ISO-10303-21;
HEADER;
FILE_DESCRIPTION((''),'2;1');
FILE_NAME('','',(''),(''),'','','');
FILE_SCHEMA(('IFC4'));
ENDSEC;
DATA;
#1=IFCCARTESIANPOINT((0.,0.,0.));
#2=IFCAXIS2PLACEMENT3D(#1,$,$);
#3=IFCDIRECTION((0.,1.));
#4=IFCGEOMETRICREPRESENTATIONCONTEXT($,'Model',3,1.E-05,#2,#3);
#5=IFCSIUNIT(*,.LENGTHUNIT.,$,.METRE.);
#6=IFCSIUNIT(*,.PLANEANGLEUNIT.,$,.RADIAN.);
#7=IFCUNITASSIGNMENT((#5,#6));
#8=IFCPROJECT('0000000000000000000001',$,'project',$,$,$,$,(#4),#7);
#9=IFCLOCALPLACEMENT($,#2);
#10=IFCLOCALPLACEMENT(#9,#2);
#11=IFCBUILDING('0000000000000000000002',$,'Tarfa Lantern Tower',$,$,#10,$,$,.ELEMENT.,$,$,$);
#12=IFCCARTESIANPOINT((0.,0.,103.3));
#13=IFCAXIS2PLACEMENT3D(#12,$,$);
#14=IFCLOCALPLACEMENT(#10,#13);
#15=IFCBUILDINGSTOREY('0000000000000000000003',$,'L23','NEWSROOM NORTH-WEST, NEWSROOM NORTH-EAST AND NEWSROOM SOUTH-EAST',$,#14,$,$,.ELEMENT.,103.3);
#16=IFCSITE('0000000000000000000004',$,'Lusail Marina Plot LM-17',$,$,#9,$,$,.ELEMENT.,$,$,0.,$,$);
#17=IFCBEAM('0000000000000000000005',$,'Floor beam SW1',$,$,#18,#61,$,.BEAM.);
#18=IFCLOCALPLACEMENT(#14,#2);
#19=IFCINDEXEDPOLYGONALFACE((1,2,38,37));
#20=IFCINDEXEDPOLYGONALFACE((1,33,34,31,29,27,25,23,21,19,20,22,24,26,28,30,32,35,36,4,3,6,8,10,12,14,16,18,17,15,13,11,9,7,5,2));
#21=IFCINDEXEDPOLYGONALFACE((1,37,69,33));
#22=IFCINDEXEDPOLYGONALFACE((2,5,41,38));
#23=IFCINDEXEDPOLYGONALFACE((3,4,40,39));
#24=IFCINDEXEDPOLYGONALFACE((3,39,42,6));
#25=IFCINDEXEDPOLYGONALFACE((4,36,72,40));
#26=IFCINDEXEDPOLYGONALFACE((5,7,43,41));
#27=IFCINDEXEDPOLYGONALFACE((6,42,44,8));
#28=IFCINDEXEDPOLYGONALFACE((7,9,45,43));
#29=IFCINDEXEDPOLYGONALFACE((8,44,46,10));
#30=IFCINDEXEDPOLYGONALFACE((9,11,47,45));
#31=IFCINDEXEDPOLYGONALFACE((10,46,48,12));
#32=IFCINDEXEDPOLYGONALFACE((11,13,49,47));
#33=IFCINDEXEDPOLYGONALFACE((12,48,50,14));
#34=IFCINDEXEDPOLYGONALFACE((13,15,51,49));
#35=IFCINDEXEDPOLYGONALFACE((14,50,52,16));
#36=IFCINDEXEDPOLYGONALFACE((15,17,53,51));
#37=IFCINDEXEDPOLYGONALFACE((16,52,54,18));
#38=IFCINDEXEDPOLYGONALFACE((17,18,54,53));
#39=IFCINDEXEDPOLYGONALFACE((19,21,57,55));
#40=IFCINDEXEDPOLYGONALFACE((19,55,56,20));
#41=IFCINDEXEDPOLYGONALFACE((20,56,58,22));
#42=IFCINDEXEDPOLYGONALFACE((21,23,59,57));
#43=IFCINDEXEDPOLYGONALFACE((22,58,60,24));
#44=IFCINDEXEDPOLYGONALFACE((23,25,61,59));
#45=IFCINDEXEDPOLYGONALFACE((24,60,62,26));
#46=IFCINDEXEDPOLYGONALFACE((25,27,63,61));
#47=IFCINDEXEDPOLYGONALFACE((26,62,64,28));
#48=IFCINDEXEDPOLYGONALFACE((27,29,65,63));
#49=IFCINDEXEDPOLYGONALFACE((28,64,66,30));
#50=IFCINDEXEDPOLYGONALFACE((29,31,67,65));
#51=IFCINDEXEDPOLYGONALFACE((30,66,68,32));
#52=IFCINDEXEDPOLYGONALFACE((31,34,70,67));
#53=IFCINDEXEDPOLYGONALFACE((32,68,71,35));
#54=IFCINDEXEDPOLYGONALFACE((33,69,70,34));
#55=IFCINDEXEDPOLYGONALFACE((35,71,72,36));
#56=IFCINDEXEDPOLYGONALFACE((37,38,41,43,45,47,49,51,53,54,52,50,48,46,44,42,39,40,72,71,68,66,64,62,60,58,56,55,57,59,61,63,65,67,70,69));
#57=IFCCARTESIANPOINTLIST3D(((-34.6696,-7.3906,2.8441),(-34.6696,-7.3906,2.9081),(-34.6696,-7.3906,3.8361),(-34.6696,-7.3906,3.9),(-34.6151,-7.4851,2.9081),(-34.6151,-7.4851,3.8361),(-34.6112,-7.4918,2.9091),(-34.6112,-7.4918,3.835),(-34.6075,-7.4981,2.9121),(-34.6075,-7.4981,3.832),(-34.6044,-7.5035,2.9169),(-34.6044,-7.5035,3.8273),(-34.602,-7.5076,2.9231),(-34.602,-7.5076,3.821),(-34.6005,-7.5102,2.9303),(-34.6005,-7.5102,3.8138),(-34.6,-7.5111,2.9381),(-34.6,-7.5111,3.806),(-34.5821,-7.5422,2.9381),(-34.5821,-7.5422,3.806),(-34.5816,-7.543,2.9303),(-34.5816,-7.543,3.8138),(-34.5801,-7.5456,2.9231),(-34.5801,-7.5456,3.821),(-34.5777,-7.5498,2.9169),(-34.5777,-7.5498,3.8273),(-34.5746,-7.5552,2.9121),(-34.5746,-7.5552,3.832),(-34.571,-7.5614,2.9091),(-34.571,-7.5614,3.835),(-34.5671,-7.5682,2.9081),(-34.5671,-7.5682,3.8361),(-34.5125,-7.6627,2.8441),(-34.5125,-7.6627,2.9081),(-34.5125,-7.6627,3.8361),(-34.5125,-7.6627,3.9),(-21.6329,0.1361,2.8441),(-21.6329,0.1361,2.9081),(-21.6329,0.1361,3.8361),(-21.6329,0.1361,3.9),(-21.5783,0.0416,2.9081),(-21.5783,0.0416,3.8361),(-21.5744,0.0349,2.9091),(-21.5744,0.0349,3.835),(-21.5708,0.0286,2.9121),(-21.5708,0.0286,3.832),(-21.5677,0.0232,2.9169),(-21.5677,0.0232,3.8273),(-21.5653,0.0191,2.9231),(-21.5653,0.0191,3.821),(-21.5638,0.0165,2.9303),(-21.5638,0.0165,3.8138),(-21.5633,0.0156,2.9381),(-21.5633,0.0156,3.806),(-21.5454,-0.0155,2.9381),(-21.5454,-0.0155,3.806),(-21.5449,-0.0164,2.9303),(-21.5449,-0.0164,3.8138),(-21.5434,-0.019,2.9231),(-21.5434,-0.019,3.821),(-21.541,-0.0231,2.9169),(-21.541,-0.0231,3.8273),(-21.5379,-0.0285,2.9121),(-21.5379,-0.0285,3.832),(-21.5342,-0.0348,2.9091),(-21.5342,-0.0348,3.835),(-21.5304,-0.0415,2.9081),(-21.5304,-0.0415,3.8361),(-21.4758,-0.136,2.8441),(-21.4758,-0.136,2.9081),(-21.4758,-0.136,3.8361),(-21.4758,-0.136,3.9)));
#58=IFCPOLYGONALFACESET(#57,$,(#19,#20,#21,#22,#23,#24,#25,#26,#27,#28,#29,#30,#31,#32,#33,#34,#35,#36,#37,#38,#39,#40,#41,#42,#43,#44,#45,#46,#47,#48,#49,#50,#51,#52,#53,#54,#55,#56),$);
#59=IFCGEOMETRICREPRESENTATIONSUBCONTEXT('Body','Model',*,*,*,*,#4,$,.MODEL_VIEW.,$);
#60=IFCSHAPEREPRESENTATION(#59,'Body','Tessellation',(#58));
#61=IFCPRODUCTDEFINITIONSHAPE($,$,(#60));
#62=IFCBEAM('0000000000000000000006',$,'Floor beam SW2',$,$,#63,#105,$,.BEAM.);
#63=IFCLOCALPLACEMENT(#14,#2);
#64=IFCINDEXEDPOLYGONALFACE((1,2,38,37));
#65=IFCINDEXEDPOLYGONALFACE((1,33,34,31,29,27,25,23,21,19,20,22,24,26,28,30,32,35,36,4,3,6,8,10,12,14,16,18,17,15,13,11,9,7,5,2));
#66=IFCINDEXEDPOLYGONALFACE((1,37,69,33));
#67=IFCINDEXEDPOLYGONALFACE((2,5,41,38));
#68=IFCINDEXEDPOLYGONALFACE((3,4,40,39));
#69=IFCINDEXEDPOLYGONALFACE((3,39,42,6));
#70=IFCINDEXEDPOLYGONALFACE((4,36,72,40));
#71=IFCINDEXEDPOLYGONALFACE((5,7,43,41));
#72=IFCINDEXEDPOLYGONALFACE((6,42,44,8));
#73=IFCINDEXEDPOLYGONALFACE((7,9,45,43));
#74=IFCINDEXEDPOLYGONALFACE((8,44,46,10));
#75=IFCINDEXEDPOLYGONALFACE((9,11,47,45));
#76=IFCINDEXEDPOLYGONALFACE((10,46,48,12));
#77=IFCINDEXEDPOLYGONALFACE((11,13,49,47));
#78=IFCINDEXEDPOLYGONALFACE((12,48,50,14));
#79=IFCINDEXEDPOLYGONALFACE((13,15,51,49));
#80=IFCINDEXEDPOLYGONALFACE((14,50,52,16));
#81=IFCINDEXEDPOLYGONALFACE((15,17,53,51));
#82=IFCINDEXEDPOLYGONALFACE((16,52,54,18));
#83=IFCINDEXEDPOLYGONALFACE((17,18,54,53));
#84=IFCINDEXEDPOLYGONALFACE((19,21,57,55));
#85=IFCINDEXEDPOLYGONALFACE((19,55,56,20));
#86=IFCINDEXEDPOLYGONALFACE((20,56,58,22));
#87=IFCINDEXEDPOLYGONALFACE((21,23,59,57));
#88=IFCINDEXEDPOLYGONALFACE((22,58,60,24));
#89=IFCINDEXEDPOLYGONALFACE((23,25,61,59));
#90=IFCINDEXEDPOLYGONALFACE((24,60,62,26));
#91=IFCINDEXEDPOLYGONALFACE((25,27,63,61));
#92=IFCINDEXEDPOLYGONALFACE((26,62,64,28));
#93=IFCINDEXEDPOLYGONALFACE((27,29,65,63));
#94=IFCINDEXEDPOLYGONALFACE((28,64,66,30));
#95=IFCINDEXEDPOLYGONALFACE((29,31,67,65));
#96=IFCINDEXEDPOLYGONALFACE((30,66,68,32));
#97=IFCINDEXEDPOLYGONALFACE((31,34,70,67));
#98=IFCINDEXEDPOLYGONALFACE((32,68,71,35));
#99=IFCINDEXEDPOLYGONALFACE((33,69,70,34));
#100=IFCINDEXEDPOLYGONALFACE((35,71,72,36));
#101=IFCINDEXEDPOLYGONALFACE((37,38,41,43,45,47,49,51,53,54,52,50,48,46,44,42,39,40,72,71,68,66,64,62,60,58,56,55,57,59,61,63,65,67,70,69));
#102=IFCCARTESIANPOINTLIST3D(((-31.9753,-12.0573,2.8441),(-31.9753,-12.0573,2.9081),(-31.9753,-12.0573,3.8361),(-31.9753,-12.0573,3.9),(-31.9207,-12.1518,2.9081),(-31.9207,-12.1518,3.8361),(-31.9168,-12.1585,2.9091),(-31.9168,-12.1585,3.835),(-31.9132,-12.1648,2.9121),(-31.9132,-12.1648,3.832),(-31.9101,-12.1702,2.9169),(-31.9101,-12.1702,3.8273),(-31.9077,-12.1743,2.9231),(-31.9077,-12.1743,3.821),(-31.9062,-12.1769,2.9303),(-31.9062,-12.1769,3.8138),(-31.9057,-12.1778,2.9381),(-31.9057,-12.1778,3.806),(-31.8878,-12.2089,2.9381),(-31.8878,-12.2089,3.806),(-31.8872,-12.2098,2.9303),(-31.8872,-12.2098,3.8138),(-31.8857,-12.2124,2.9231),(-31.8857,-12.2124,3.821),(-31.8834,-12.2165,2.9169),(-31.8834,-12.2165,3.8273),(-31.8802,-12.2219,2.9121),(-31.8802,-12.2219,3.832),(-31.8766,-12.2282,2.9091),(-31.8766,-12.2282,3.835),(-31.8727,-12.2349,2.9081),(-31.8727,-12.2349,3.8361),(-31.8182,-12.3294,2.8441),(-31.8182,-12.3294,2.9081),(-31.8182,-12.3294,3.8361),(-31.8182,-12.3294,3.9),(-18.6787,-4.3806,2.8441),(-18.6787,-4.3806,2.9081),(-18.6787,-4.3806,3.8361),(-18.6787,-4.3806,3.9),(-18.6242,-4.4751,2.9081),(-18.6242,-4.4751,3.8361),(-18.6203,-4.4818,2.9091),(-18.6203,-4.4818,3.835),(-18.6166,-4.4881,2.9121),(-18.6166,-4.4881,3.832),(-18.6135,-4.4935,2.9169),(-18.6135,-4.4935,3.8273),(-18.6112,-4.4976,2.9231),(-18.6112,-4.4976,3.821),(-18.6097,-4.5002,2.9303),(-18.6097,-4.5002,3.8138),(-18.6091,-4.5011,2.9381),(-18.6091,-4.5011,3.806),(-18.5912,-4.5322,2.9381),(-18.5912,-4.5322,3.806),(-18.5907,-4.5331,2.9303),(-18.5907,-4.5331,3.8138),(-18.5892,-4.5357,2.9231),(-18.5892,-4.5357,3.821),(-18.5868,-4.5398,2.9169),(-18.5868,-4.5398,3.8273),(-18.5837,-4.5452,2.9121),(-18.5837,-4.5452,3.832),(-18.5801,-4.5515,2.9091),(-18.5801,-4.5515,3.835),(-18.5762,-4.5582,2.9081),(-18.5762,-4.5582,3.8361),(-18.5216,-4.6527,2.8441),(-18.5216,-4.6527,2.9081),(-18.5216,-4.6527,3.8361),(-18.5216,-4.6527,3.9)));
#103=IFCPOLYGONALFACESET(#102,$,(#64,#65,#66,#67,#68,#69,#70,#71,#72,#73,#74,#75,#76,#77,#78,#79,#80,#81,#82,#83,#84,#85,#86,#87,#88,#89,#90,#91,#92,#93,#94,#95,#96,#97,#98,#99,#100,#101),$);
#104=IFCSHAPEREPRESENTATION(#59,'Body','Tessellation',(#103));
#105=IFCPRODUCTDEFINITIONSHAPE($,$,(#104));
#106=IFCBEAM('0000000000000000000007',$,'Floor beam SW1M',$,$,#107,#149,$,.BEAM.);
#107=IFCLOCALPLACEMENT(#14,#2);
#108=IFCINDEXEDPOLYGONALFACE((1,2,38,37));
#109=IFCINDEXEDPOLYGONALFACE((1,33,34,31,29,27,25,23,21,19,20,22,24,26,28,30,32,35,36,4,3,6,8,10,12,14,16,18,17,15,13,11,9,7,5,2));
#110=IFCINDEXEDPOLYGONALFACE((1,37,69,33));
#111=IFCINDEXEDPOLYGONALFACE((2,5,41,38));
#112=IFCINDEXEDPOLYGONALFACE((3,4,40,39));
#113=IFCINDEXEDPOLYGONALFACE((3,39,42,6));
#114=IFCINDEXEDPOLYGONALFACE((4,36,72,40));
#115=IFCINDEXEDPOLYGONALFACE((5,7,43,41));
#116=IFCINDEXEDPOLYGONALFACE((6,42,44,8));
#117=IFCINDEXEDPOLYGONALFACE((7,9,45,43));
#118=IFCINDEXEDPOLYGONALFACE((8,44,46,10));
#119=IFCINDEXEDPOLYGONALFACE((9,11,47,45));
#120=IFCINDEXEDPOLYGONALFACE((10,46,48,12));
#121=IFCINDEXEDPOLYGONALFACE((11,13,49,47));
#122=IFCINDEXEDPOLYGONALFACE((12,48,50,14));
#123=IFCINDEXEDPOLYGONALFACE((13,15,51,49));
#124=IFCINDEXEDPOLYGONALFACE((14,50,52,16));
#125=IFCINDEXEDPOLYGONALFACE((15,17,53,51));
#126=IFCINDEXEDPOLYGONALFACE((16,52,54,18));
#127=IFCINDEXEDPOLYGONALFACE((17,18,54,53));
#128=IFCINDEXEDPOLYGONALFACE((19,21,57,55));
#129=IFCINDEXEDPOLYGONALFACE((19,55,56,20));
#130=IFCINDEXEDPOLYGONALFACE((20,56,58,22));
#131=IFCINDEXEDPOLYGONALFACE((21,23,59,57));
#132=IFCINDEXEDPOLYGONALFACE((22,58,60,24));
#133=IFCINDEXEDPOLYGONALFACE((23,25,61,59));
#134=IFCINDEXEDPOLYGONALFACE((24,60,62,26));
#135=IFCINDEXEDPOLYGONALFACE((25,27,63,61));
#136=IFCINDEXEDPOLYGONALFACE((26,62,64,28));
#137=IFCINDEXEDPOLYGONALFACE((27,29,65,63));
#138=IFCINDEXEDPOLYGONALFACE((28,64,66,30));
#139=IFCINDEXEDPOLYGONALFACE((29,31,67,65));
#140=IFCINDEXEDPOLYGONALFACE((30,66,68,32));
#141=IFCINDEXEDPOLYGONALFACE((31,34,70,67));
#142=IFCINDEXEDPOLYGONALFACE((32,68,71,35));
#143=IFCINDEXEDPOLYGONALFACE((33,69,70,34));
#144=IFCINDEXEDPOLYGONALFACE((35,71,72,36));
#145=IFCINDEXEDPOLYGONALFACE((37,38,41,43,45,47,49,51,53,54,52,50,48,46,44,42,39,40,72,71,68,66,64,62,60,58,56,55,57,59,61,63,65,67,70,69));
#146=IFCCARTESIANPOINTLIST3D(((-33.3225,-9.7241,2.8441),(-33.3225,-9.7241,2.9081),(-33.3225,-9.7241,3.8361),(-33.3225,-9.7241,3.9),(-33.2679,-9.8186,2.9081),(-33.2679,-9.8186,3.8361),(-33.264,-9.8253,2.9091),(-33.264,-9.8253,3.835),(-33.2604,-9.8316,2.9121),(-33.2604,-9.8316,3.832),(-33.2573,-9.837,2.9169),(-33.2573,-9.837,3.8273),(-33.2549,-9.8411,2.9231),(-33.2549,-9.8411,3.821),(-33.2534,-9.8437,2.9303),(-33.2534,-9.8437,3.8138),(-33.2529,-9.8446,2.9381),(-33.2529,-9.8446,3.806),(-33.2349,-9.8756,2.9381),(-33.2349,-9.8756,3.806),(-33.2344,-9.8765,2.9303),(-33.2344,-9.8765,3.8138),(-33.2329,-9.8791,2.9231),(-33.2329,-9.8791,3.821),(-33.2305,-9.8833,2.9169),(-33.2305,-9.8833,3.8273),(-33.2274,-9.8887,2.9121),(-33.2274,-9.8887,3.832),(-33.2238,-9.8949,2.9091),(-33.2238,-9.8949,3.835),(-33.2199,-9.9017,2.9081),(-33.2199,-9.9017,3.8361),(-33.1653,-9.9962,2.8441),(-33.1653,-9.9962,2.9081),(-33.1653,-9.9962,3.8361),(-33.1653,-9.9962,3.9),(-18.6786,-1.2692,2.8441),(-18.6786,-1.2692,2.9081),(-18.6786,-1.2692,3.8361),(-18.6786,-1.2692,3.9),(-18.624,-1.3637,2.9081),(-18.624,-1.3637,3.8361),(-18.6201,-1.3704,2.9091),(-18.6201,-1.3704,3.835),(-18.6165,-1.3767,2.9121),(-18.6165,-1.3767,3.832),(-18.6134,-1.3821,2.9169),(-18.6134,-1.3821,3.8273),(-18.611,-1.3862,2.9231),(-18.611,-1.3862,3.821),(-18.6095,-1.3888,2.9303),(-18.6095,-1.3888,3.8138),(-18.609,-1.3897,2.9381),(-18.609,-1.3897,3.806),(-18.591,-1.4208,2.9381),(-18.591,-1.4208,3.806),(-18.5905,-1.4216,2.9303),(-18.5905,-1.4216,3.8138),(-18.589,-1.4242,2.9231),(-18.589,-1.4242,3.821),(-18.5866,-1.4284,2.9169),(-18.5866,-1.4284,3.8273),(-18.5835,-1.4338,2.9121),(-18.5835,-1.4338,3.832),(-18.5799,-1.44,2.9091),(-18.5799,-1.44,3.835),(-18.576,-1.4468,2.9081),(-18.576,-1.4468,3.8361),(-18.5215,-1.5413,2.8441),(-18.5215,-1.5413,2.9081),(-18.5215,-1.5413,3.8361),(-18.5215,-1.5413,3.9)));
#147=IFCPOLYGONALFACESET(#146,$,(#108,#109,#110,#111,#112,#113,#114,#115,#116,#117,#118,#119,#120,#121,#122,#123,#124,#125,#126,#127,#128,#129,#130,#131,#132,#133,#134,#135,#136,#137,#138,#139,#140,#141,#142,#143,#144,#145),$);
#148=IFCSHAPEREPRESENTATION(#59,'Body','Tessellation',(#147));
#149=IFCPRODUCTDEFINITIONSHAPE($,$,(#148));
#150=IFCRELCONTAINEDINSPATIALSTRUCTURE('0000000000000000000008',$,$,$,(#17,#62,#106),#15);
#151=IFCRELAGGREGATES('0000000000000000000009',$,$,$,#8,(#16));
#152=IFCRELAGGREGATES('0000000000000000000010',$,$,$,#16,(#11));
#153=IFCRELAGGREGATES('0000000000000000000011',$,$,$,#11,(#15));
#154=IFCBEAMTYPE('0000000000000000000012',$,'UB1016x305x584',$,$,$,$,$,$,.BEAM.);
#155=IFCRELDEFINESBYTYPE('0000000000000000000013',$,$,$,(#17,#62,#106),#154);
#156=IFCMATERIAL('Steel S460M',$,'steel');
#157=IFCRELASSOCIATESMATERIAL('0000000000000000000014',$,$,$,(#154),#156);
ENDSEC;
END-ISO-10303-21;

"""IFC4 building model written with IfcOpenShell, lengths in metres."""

from ifc_helpers import new_model, si_unit, direction, frame, origin, origin_2d, place, context, subcontext, project, spatial, i_section, extrude, material, material_profile, profile_set, type_object, element, save


model = new_model("IFC4")

# Units and contexts
model_context = context("Model", 3, precision=1e-05, world=origin(), true_north=direction((0.0, 1.0)))
body_context = subcontext(model_context, "Body", "Model", "MODEL_VIEW")
ifc_project = project(units=[si_unit("LENGTHUNIT", "METRE"), si_unit("PLANEANGLEUNIT", "RADIAN")], contexts=[model_context])

# Site, building, storey
site_placement = place(None, origin())
site = spatial("IfcSite", under=ifc_project, at=site_placement, Name="Lusail Marina Plot LM-17", CompositionType="ELEMENT", RefElevation=0.0)
building_placement = place(site_placement, origin())
building = spatial("IfcBuilding", under=site, at=building_placement, Name="Tarfa Lantern Tower", CompositionType="ELEMENT")
storey_placement = place(building_placement, frame((0.0, 0.0, 103.3)))
storey = spatial("IfcBuildingStorey", under=building, at=storey_placement, Name="L23", Description="NEWSROOM NORTH-WEST, NEWSROOM NORTH-EAST AND NEWSROOM SOUTH-EAST", CompositionType="ELEMENT", Elevation=103.3)

# Beams
ifc_material_1 = material(Name="Steel S460M", Category="steel")
ifc_material_profile_1 = material_profile(ifc_material_1, i_section(OverallWidth=0.3142, OverallDepth=1.0559, WebThickness=0.0359, FlangeThickness=0.064, FilletRadius=0.03, at=origin_2d()), Name="UB1016x305x584")
ifc_profile_set_1 = profile_set([ifc_material_profile_1], Name="Steel S460M")
beam_type_1 = type_object("IfcBeamType", Name="UB1016x305x584", PredefinedType="BEAM", material=ifc_profile_set_1)
beam_1_placement = place(storey_placement, frame((-34.5911, -7.5266, 3.3721), z_axis=(0.866028, 0.499996, 0.0), x_axis=(-0.499996, 0.866028, 0.0)))
element("IfcBeam", 1, at=beam_1_placement, inside=storey, type_object=beam_type_1, Name="Floor beam SW1", PredefinedType="BEAM", context=body_context, shape_type="SweptSolid", body=[
    extrude(i_section(OverallWidth=0.3142, OverallDepth=1.0559, WebThickness=0.0359, FlangeThickness=0.064, FilletRadius=0.03, at=origin_2d()), origin(), (0.0, 0.0, 1.0), 15.0535),
])
beam_2_placement = place(storey_placement, frame((-31.8967, -12.1934, 3.3721), z_axis=(0.866027, 0.499997, 0.0), x_axis=(-0.499997, 0.866027, 0.0)))
element("IfcBeam", 2, at=beam_2_placement, inside=storey, type_object=beam_type_1, Name="Floor beam SW2", PredefinedType="BEAM", context=body_context, shape_type="SweptSolid", body=[
    extrude(i_section(OverallWidth=0.3142, OverallDepth=1.0559, WebThickness=0.0359, FlangeThickness=0.064, FilletRadius=0.03, at=origin_2d()), origin(), (0.0, 0.0, 1.0), 15.3535),
])
beam_3_placement = place(storey_placement, frame((-33.2439, -9.8601, 3.3721), z_axis=(0.866019, 0.50001, 0.0), x_axis=(-0.50001, 0.866019, 0.0)))
element("IfcBeam", 3, at=beam_3_placement, inside=storey, type_object=beam_type_1, Name="Floor beam SW1M", PredefinedType="BEAM", context=body_context, shape_type="SweptSolid", body=[
    extrude(i_section(OverallWidth=0.3142, OverallDepth=1.0559, WebThickness=0.0359, FlangeThickness=0.064, FilletRadius=0.03, at=origin_2d()), origin(), (0.0, 0.0, 1.0), 16.9094),
])

save(model, "model.ifc")
